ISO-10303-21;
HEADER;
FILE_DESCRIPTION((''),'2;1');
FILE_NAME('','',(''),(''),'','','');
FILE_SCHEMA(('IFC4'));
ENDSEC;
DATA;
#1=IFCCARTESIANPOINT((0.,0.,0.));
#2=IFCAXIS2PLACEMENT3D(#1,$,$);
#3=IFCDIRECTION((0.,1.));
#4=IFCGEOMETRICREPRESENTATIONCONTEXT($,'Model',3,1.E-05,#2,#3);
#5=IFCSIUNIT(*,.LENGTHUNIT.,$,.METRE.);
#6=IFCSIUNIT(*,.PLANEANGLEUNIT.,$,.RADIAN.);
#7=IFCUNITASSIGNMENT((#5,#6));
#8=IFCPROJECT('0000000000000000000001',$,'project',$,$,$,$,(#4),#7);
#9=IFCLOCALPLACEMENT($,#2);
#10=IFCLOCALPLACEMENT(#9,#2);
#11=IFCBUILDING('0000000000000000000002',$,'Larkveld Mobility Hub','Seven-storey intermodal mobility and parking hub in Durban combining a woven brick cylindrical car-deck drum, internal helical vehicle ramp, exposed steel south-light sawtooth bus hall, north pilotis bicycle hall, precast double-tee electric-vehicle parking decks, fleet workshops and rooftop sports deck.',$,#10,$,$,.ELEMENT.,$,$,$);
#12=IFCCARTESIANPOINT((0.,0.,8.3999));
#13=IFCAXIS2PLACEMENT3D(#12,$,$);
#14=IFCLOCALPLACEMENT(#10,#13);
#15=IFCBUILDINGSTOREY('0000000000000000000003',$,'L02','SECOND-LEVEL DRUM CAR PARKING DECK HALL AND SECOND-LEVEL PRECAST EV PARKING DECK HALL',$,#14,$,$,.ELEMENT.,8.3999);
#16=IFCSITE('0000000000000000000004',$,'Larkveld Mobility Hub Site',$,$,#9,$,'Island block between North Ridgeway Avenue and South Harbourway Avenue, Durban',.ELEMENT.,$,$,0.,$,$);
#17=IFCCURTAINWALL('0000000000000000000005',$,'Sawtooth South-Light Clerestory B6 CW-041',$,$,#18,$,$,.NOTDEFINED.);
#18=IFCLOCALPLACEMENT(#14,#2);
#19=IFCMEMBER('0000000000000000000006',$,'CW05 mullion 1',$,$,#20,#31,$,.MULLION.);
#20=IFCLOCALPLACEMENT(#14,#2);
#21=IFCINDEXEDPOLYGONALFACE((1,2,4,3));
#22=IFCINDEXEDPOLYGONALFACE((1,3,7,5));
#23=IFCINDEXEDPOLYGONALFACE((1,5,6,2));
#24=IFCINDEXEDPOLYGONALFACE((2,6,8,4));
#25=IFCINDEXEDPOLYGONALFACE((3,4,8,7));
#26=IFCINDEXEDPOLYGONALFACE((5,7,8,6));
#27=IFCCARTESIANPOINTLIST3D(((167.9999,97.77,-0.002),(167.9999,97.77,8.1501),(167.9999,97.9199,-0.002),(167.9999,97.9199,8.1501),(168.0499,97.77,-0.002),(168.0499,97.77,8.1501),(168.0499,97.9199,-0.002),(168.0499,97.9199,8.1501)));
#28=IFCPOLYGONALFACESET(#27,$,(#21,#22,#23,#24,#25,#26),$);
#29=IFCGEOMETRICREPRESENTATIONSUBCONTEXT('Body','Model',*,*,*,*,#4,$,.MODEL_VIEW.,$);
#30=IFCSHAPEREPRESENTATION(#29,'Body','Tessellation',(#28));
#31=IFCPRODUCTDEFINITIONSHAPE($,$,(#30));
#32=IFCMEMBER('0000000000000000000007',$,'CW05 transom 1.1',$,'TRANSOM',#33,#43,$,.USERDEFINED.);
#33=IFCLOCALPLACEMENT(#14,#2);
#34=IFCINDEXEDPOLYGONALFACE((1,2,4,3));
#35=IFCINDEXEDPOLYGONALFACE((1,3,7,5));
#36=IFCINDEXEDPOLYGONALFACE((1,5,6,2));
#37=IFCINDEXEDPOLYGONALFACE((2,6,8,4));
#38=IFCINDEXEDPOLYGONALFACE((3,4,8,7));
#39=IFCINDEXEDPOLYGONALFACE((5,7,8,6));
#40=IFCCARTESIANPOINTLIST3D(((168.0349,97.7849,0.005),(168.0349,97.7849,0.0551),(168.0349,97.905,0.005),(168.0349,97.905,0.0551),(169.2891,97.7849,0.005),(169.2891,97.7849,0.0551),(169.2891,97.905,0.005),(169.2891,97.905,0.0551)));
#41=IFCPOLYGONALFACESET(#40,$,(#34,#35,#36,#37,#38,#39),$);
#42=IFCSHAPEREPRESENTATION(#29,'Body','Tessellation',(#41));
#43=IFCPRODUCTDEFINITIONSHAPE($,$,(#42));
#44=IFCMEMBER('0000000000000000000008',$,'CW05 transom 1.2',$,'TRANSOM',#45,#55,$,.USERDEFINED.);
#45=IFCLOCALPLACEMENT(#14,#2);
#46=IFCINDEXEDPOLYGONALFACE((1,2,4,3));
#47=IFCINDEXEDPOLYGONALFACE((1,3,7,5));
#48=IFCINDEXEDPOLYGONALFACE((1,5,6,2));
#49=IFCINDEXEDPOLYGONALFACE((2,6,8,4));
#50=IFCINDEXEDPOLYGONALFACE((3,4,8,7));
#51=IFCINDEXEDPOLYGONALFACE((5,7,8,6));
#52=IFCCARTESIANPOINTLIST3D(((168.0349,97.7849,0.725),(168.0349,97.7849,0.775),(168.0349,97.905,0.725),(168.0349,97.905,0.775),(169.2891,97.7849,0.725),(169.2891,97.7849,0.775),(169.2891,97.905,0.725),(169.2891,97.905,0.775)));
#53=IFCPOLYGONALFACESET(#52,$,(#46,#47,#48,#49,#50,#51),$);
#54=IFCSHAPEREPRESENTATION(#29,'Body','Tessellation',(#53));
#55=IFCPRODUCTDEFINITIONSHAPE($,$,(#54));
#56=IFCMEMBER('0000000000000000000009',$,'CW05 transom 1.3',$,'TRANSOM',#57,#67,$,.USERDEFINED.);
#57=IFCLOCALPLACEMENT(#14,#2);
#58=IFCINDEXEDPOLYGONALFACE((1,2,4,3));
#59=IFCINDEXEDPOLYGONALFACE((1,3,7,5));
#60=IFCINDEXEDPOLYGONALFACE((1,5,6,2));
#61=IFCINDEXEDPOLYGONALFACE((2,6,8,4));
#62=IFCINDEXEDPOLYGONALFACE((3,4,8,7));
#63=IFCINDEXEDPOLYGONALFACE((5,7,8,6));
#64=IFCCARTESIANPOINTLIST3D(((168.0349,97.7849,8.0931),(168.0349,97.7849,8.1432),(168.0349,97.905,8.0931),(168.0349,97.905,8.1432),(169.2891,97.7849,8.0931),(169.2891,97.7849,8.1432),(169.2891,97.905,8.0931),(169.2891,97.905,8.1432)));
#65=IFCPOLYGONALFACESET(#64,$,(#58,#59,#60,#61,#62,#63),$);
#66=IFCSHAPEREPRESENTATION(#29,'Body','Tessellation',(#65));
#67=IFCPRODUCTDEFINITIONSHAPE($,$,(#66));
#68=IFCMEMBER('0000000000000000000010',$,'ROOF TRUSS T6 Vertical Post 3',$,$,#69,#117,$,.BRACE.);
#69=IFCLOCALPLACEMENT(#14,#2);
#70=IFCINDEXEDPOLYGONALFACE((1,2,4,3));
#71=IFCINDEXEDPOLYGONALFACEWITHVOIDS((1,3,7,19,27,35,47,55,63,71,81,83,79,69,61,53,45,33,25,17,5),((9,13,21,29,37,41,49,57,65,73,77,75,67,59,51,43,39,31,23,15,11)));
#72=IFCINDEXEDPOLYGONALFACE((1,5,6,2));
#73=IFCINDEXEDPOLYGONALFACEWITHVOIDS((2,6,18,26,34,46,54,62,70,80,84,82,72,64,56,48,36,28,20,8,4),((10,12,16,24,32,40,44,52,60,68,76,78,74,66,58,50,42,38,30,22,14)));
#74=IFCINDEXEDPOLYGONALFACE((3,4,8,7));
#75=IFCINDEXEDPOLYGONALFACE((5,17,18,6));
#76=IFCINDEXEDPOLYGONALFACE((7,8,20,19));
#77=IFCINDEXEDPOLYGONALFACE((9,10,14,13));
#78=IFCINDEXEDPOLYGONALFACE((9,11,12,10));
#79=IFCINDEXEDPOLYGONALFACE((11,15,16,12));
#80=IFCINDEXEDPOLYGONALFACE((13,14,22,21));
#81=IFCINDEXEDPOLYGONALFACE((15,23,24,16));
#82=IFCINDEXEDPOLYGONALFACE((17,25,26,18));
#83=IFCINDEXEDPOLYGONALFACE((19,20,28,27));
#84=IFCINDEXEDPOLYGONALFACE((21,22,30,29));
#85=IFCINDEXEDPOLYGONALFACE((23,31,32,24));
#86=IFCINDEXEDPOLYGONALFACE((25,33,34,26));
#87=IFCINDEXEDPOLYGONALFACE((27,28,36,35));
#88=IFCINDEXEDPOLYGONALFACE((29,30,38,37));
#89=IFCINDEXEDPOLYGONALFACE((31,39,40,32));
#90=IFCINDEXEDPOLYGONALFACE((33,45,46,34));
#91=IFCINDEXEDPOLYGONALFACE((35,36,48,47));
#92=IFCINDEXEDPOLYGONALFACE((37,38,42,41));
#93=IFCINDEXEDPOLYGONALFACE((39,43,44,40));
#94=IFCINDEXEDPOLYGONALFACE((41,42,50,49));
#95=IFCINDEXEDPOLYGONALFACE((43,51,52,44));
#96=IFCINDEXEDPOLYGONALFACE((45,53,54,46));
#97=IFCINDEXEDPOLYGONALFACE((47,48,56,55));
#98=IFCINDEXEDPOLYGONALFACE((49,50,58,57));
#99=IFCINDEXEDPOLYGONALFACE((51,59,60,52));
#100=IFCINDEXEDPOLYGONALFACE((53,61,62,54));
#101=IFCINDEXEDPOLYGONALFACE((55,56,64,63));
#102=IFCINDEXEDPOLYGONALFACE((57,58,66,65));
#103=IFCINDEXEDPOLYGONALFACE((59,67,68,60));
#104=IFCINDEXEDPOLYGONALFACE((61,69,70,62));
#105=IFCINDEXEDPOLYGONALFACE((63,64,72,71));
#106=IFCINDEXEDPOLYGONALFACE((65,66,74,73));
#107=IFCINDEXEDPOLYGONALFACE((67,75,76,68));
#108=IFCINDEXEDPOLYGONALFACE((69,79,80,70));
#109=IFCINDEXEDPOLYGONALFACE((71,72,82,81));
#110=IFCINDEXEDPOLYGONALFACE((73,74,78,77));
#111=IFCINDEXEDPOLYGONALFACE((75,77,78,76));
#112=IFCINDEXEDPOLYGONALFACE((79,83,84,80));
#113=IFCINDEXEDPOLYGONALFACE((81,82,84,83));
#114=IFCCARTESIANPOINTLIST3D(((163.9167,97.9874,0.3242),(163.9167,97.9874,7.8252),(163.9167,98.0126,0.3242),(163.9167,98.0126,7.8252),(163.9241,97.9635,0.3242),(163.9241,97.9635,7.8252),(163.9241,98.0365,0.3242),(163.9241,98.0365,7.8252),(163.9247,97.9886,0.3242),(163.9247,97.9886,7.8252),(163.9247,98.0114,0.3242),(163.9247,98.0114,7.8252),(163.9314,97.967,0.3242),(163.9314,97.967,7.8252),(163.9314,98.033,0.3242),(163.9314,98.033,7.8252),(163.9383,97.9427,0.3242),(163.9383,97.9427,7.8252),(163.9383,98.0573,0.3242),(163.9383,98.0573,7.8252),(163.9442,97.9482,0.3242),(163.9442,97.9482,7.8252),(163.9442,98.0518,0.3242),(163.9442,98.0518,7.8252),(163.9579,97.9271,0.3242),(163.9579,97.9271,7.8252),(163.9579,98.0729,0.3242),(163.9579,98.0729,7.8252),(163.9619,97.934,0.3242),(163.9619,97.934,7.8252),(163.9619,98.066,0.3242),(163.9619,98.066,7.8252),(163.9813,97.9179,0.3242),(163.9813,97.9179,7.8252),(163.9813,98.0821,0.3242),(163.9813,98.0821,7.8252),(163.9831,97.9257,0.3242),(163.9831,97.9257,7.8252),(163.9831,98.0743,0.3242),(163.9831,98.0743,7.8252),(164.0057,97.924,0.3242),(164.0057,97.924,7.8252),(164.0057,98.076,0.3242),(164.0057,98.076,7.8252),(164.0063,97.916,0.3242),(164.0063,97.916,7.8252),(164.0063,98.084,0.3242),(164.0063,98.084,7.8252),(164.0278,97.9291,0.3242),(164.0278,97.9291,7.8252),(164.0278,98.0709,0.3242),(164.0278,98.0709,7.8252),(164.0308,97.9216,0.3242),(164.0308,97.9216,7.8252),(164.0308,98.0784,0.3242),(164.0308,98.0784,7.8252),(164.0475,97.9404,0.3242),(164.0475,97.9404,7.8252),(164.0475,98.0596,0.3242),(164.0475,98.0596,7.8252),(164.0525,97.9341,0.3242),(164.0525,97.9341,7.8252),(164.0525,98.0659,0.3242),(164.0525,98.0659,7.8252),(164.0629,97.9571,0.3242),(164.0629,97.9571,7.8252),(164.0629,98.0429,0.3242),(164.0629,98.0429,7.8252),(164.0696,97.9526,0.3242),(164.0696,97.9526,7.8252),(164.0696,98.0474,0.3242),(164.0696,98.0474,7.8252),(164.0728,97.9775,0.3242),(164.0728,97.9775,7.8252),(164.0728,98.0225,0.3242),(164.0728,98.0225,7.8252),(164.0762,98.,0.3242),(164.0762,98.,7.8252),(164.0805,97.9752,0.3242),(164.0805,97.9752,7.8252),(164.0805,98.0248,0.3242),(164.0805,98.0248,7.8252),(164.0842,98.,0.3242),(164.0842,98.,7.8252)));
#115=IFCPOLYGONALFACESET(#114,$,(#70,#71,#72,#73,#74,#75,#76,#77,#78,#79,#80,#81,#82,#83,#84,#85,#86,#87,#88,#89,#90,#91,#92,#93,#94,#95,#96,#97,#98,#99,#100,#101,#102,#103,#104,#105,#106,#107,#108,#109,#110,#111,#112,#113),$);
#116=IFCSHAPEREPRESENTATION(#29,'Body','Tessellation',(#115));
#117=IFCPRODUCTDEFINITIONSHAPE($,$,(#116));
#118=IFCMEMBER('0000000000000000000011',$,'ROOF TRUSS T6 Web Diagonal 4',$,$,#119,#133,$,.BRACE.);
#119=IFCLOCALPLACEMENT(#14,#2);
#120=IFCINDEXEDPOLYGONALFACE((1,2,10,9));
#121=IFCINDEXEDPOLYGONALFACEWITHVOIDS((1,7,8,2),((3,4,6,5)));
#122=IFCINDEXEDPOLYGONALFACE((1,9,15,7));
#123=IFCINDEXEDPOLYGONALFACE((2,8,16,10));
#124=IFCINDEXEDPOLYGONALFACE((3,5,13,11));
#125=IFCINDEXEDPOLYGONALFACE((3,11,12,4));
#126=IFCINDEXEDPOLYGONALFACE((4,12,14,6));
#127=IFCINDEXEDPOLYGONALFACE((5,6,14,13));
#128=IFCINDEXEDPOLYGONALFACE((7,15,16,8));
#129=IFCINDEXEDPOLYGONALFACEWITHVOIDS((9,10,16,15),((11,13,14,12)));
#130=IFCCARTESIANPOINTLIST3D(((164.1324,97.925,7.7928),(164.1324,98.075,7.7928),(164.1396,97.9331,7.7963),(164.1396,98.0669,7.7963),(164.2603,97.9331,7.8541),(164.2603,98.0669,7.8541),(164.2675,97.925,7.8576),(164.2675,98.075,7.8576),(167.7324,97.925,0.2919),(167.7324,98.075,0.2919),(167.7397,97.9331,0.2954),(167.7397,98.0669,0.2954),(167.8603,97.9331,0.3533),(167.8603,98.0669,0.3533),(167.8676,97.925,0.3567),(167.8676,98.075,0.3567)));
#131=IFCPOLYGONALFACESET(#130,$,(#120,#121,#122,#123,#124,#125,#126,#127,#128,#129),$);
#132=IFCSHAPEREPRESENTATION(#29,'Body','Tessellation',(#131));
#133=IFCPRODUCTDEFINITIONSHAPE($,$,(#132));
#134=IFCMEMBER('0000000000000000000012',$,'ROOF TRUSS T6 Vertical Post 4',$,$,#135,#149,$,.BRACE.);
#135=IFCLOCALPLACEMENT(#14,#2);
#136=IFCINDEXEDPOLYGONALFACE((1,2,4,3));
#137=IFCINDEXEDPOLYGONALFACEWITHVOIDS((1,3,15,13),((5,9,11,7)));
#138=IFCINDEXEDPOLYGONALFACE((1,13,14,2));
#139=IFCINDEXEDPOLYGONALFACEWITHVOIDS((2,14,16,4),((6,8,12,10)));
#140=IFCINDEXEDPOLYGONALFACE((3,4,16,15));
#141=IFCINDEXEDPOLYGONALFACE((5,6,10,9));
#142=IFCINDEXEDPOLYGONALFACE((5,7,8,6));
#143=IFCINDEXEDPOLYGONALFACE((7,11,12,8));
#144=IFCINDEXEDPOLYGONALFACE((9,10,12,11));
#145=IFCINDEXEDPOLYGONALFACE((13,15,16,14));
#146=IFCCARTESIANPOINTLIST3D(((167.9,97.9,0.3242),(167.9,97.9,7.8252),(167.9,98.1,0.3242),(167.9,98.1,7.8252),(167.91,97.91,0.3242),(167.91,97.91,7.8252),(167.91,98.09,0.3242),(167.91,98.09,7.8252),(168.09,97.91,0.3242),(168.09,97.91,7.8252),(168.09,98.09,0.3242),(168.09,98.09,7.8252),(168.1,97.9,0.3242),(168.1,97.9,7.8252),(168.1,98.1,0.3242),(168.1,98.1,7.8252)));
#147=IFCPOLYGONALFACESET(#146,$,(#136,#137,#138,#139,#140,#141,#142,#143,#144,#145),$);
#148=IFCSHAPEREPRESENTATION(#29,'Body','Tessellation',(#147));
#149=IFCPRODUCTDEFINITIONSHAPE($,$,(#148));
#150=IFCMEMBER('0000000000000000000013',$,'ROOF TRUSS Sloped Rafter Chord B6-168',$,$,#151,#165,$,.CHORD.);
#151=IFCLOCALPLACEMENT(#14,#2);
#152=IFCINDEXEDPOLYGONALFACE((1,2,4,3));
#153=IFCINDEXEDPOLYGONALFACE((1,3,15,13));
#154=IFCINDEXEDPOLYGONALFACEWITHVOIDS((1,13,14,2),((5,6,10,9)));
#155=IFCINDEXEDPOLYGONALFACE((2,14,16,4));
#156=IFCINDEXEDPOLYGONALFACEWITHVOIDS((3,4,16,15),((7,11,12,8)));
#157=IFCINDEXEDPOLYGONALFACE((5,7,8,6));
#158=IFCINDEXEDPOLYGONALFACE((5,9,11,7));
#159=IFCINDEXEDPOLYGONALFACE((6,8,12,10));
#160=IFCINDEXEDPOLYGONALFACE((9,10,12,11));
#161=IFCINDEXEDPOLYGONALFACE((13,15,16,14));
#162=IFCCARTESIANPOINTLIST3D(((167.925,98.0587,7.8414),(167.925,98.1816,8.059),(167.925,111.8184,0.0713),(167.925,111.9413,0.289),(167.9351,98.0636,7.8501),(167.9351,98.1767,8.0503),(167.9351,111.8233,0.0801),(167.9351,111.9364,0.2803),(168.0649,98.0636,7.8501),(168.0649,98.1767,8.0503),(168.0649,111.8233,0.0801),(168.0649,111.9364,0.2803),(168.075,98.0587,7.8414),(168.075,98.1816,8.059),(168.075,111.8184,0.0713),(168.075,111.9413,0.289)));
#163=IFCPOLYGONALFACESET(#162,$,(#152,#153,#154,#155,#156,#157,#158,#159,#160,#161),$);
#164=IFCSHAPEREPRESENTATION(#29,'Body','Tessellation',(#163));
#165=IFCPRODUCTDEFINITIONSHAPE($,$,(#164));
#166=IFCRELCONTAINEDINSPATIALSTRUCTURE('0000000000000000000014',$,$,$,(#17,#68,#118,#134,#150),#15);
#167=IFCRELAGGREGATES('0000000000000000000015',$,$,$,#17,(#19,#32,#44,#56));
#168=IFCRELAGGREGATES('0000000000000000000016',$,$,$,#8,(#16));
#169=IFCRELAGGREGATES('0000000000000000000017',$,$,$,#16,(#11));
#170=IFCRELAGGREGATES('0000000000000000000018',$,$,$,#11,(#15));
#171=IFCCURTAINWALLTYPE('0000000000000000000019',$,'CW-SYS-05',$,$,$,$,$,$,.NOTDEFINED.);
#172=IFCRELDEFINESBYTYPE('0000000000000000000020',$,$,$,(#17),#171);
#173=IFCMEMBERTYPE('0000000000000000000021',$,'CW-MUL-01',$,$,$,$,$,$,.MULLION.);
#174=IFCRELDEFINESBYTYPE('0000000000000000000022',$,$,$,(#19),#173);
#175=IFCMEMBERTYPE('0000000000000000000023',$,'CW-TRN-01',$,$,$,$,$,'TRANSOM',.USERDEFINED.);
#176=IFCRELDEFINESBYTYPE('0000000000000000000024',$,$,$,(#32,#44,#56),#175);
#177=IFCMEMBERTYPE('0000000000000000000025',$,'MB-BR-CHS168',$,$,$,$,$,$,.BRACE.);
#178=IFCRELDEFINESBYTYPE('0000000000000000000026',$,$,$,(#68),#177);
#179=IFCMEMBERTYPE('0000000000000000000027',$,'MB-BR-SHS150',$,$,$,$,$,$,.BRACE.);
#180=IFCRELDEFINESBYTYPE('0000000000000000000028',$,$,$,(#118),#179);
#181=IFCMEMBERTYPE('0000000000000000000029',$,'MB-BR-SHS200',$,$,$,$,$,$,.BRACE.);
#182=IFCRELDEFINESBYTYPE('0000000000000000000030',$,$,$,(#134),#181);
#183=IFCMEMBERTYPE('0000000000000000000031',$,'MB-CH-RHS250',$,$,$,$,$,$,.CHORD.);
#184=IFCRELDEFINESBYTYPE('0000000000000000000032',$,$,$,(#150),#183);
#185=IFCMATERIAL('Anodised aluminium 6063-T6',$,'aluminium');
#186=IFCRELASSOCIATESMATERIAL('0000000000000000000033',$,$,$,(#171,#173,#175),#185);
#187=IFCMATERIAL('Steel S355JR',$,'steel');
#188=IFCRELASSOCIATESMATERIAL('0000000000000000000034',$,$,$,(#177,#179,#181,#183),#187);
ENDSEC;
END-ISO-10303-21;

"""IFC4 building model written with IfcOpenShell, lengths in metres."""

from ifc_helpers import new_model, si_unit, direction, frame, origin, origin_2d, place, context, subcontext, project, spatial, rectangle, hollow_rectangle, hollow_circle, extrude, material, material_profile, profile_set, type_object, element, aggregate, save


model = new_model("IFC4")

# Units and contexts
model_context = context("Model", 3, precision=1e-05, world=origin(), true_north=direction((0.0, 1.0)))
body_context = subcontext(model_context, "Body", "Model", "MODEL_VIEW")
ifc_project = project(units=[si_unit("LENGTHUNIT", "METRE"), si_unit("PLANEANGLEUNIT", "RADIAN")], contexts=[model_context])

# Site, building, storey
site_placement = place(None, origin())
site = spatial("IfcSite", under=ifc_project, at=site_placement, Name="Larkveld Mobility Hub Site", LongName="Island block between North Ridgeway Avenue and South Harbourway Avenue, Durban", CompositionType="ELEMENT", RefElevation=0.0)
building_placement = place(site_placement, origin())
building = spatial("IfcBuilding", under=site, at=building_placement, Name="Larkveld Mobility Hub", Description="Seven-storey intermodal mobility and parking hub in Durban combining a woven brick cylindrical car-deck drum, internal helical vehicle ramp, exposed steel south-light sawtooth bus hall, north pilotis bicycle hall, precast double-tee electric-vehicle parking decks, fleet workshops and rooftop sports deck.", CompositionType="ELEMENT")
storey_placement = place(building_placement, frame((0.0, 0.0, 8.3999)))
storey = spatial("IfcBuildingStorey", under=building, at=storey_placement, Name="L02", Description="SECOND-LEVEL DRUM CAR PARKING DECK HALL AND SECOND-LEVEL PRECAST EV PARKING DECK HALL", CompositionType="ELEMENT", Elevation=8.3999)

# Curtain wall, members
ifc_material_1 = material(Name="Anodised aluminium 6063-T6", Category="aluminium")
curtain_wall_type = type_object("IfcCurtainWallType", Name="CW-SYS-05", PredefinedType="NOTDEFINED", material=ifc_material_1)
curtain_wall_placement = place(storey_placement, origin())
curtain_wall = element("IfcCurtainWall", 1, at=curtain_wall_placement, inside=storey, type_object=curtain_wall_type, Name="Sawtooth South-Light Clerestory B6 CW-041", PredefinedType="NOTDEFINED")
ifc_material_profile_1 = material_profile(ifc_material_1, rectangle(XDim=0.05, YDim=0.1499, at=origin_2d()), Name="ALU MULL 50x150")
ifc_profile_set_1 = profile_set([ifc_material_profile_1], Name="Anodised aluminium 6063-T6")
member_type_1 = type_object("IfcMemberType", Name="CW-MUL-01", PredefinedType="MULLION", material=ifc_profile_set_1)
member_1_placement = place(storey_placement, frame((168.0249, 97.845, -0.002), z_axis=(0.0, 0.0, 1.0), x_axis=(1.0, 0.0, 0.0)))
member_1 = element("IfcMember", 2, at=member_1_placement, type_object=member_type_1, Name="CW05 mullion 1", PredefinedType="MULLION", context=body_context, shape_type="SweptSolid", body=[
    extrude(rectangle(XDim=0.05, YDim=0.1499, at=origin_2d()), origin(), (0.0, 0.0, 1.0), 8.1521),
])
ifc_material_profile_2 = material_profile(ifc_material_1, rectangle(XDim=0.1201, YDim=0.05, at=origin_2d()), Name="ALU TRAN 50x120")
ifc_profile_set_2 = profile_set([ifc_material_profile_2], Name="Anodised aluminium 6063-T6")
member_type_2 = type_object("IfcMemberType", Name="CW-TRN-01", ElementType="TRANSOM", PredefinedType="USERDEFINED", material=ifc_profile_set_2)
member_2_placement = place(storey_placement, frame((168.0349, 97.845, 0.03), z_axis=(1.0, 0.0, 0.0), x_axis=(0.0, 1.0, 0.0)))
member_2 = element("IfcMember", 3, at=member_2_placement, type_object=member_type_2, Name="CW05 transom 1.1", ObjectType="TRANSOM", PredefinedType="USERDEFINED", context=body_context, shape_type="SweptSolid", body=[
    extrude(rectangle(XDim=0.1201, YDim=0.05, at=origin_2d()), origin(), (0.0, 0.0, 1.0), 1.2542),
])
member_3_placement = place(storey_placement, frame((168.0349, 97.845, 0.75), z_axis=(1.0, 0.0, 0.0), x_axis=(0.0, 1.0, 0.0)))
member_3 = element("IfcMember", 4, at=member_3_placement, type_object=member_type_2, Name="CW05 transom 1.2", ObjectType="TRANSOM", PredefinedType="USERDEFINED", context=body_context, shape_type="SweptSolid", body=[
    extrude(rectangle(XDim=0.1201, YDim=0.05, at=origin_2d()), origin(), (0.0, 0.0, 1.0), 1.2542),
])
member_4_placement = place(storey_placement, frame((168.0349, 97.845, 8.1182), z_axis=(1.0, 0.0, 0.0), x_axis=(0.0, 1.0, 0.0)))
member_4 = element("IfcMember", 5, at=member_4_placement, type_object=member_type_2, Name="CW05 transom 1.3", ObjectType="TRANSOM", PredefinedType="USERDEFINED", context=body_context, shape_type="SweptSolid", body=[
    extrude(rectangle(XDim=0.1201, YDim=0.05, at=origin_2d()), origin(), (0.0, 0.0, 1.0), 1.2542),
])
aggregate(curtain_wall, [member_1, member_2, member_3, member_4])

# Members
ifc_material_2 = material(Name="Steel S355JR", Category="steel")
ifc_material_profile_3 = material_profile(ifc_material_2, hollow_circle(Radius=0.0842, WallThickness=0.0081, at=origin_2d()), Name="CHS 168.3x8")
ifc_profile_set_3 = profile_set([ifc_material_profile_3], Name="Steel S355JR")
member_type_3 = type_object("IfcMemberType", Name="MB-BR-CHS168", PredefinedType="BRACE", material=ifc_profile_set_3)
member_5_placement = place(storey_placement, frame((164.0, 98.0, 0.3242), z_axis=(0.0, 0.0, 1.0), x_axis=(1.0, 0.0, 0.0)))
element("IfcMember", 6, at=member_5_placement, inside=storey, type_object=member_type_3, Name="ROOF TRUSS T6 Vertical Post 3", PredefinedType="BRACE", context=body_context, shape_type="SweptSolid", body=[
    extrude(hollow_circle(Radius=0.0842, WallThickness=0.0081, at=origin_2d()), origin(), (0.0, 0.0, 1.0), 7.501),
])
ifc_material_profile_4 = material_profile(ifc_material_2, hollow_rectangle(XDim=0.1499, YDim=0.1499, WallThickness=0.0081, at=origin_2d()), Name="SHS 150x150x8")
ifc_profile_set_4 = profile_set([ifc_material_profile_4], Name="Steel S355JR")
member_type_4 = type_object("IfcMemberType", Name="MB-BR-SHS150", PredefinedType="BRACE", material=ifc_profile_set_4)
member_6_placement = place(storey_placement, frame((164.2, 98.0, 7.8252), z_axis=(0.432695, 0.0, -0.90154), x_axis=(0.0, 1.0, 0.0)))
element("IfcMember", 7, at=member_6_placement, inside=storey, type_object=member_type_4, Name="ROOF TRUSS T6 Web Diagonal 4", PredefinedType="BRACE", context=body_context, shape_type="SweptSolid", body=[
    extrude(hollow_rectangle(XDim=0.1499, YDim=0.1499, WallThickness=0.0081, at=origin_2d()), origin(), (0.0, 0.0, 1.0), 8.3201),
])
ifc_material_profile_5 = material_profile(ifc_material_2, hollow_rectangle(XDim=0.2, YDim=0.2, WallThickness=0.01, at=origin_2d()), Name="SHS 200x200x10")
ifc_profile_set_5 = profile_set([ifc_material_profile_5], Name="Steel S355JR")
member_type_5 = type_object("IfcMemberType", Name="MB-BR-SHS200", PredefinedType="BRACE", material=ifc_profile_set_5)
member_7_placement = place(storey_placement, frame((168.0, 98.0, 0.3242), z_axis=(0.0, 0.0, 1.0), x_axis=(1.0, 0.0, 0.0)))
element("IfcMember", 8, at=member_7_placement, inside=storey, type_object=member_type_5, Name="ROOF TRUSS T6 Vertical Post 4", PredefinedType="BRACE", context=body_context, shape_type="SweptSolid", body=[
    extrude(hollow_rectangle(XDim=0.2, YDim=0.2, WallThickness=0.01, at=origin_2d()), origin(), (0.0, 0.0, 1.0), 7.501),
])
ifc_material_profile_6 = material_profile(ifc_material_2, hollow_rectangle(XDim=0.1499, YDim=0.25, WallThickness=0.01, at=origin_2d()), Name="RHS 250x150x10")
ifc_profile_set_6 = profile_set([ifc_material_profile_6], Name="Steel S355JR")
member_type_6 = type_object("IfcMemberType", Name="MB-CH-RHS250", PredefinedType="CHORD", material=ifc_profile_set_6)
member_8_placement = place(storey_placement, frame((168.0, 98.1201, 7.9502), z_axis=(0.0, 0.870759, -0.49171), x_axis=(-1.0, 0.0, 0.0)))
element("IfcMember", 9, at=member_8_placement, inside=storey, type_object=member_type_6, Name="ROOF TRUSS Sloped Rafter Chord B6-168", PredefinedType="CHORD", context=body_context, shape_type="SweptSolid", body=[
    extrude(hollow_rectangle(XDim=0.1499, YDim=0.25, WallThickness=0.01, at=origin_2d()), origin(), (0.0, 0.0, 1.0), 15.802),
])

save(model, "model.ifc")
